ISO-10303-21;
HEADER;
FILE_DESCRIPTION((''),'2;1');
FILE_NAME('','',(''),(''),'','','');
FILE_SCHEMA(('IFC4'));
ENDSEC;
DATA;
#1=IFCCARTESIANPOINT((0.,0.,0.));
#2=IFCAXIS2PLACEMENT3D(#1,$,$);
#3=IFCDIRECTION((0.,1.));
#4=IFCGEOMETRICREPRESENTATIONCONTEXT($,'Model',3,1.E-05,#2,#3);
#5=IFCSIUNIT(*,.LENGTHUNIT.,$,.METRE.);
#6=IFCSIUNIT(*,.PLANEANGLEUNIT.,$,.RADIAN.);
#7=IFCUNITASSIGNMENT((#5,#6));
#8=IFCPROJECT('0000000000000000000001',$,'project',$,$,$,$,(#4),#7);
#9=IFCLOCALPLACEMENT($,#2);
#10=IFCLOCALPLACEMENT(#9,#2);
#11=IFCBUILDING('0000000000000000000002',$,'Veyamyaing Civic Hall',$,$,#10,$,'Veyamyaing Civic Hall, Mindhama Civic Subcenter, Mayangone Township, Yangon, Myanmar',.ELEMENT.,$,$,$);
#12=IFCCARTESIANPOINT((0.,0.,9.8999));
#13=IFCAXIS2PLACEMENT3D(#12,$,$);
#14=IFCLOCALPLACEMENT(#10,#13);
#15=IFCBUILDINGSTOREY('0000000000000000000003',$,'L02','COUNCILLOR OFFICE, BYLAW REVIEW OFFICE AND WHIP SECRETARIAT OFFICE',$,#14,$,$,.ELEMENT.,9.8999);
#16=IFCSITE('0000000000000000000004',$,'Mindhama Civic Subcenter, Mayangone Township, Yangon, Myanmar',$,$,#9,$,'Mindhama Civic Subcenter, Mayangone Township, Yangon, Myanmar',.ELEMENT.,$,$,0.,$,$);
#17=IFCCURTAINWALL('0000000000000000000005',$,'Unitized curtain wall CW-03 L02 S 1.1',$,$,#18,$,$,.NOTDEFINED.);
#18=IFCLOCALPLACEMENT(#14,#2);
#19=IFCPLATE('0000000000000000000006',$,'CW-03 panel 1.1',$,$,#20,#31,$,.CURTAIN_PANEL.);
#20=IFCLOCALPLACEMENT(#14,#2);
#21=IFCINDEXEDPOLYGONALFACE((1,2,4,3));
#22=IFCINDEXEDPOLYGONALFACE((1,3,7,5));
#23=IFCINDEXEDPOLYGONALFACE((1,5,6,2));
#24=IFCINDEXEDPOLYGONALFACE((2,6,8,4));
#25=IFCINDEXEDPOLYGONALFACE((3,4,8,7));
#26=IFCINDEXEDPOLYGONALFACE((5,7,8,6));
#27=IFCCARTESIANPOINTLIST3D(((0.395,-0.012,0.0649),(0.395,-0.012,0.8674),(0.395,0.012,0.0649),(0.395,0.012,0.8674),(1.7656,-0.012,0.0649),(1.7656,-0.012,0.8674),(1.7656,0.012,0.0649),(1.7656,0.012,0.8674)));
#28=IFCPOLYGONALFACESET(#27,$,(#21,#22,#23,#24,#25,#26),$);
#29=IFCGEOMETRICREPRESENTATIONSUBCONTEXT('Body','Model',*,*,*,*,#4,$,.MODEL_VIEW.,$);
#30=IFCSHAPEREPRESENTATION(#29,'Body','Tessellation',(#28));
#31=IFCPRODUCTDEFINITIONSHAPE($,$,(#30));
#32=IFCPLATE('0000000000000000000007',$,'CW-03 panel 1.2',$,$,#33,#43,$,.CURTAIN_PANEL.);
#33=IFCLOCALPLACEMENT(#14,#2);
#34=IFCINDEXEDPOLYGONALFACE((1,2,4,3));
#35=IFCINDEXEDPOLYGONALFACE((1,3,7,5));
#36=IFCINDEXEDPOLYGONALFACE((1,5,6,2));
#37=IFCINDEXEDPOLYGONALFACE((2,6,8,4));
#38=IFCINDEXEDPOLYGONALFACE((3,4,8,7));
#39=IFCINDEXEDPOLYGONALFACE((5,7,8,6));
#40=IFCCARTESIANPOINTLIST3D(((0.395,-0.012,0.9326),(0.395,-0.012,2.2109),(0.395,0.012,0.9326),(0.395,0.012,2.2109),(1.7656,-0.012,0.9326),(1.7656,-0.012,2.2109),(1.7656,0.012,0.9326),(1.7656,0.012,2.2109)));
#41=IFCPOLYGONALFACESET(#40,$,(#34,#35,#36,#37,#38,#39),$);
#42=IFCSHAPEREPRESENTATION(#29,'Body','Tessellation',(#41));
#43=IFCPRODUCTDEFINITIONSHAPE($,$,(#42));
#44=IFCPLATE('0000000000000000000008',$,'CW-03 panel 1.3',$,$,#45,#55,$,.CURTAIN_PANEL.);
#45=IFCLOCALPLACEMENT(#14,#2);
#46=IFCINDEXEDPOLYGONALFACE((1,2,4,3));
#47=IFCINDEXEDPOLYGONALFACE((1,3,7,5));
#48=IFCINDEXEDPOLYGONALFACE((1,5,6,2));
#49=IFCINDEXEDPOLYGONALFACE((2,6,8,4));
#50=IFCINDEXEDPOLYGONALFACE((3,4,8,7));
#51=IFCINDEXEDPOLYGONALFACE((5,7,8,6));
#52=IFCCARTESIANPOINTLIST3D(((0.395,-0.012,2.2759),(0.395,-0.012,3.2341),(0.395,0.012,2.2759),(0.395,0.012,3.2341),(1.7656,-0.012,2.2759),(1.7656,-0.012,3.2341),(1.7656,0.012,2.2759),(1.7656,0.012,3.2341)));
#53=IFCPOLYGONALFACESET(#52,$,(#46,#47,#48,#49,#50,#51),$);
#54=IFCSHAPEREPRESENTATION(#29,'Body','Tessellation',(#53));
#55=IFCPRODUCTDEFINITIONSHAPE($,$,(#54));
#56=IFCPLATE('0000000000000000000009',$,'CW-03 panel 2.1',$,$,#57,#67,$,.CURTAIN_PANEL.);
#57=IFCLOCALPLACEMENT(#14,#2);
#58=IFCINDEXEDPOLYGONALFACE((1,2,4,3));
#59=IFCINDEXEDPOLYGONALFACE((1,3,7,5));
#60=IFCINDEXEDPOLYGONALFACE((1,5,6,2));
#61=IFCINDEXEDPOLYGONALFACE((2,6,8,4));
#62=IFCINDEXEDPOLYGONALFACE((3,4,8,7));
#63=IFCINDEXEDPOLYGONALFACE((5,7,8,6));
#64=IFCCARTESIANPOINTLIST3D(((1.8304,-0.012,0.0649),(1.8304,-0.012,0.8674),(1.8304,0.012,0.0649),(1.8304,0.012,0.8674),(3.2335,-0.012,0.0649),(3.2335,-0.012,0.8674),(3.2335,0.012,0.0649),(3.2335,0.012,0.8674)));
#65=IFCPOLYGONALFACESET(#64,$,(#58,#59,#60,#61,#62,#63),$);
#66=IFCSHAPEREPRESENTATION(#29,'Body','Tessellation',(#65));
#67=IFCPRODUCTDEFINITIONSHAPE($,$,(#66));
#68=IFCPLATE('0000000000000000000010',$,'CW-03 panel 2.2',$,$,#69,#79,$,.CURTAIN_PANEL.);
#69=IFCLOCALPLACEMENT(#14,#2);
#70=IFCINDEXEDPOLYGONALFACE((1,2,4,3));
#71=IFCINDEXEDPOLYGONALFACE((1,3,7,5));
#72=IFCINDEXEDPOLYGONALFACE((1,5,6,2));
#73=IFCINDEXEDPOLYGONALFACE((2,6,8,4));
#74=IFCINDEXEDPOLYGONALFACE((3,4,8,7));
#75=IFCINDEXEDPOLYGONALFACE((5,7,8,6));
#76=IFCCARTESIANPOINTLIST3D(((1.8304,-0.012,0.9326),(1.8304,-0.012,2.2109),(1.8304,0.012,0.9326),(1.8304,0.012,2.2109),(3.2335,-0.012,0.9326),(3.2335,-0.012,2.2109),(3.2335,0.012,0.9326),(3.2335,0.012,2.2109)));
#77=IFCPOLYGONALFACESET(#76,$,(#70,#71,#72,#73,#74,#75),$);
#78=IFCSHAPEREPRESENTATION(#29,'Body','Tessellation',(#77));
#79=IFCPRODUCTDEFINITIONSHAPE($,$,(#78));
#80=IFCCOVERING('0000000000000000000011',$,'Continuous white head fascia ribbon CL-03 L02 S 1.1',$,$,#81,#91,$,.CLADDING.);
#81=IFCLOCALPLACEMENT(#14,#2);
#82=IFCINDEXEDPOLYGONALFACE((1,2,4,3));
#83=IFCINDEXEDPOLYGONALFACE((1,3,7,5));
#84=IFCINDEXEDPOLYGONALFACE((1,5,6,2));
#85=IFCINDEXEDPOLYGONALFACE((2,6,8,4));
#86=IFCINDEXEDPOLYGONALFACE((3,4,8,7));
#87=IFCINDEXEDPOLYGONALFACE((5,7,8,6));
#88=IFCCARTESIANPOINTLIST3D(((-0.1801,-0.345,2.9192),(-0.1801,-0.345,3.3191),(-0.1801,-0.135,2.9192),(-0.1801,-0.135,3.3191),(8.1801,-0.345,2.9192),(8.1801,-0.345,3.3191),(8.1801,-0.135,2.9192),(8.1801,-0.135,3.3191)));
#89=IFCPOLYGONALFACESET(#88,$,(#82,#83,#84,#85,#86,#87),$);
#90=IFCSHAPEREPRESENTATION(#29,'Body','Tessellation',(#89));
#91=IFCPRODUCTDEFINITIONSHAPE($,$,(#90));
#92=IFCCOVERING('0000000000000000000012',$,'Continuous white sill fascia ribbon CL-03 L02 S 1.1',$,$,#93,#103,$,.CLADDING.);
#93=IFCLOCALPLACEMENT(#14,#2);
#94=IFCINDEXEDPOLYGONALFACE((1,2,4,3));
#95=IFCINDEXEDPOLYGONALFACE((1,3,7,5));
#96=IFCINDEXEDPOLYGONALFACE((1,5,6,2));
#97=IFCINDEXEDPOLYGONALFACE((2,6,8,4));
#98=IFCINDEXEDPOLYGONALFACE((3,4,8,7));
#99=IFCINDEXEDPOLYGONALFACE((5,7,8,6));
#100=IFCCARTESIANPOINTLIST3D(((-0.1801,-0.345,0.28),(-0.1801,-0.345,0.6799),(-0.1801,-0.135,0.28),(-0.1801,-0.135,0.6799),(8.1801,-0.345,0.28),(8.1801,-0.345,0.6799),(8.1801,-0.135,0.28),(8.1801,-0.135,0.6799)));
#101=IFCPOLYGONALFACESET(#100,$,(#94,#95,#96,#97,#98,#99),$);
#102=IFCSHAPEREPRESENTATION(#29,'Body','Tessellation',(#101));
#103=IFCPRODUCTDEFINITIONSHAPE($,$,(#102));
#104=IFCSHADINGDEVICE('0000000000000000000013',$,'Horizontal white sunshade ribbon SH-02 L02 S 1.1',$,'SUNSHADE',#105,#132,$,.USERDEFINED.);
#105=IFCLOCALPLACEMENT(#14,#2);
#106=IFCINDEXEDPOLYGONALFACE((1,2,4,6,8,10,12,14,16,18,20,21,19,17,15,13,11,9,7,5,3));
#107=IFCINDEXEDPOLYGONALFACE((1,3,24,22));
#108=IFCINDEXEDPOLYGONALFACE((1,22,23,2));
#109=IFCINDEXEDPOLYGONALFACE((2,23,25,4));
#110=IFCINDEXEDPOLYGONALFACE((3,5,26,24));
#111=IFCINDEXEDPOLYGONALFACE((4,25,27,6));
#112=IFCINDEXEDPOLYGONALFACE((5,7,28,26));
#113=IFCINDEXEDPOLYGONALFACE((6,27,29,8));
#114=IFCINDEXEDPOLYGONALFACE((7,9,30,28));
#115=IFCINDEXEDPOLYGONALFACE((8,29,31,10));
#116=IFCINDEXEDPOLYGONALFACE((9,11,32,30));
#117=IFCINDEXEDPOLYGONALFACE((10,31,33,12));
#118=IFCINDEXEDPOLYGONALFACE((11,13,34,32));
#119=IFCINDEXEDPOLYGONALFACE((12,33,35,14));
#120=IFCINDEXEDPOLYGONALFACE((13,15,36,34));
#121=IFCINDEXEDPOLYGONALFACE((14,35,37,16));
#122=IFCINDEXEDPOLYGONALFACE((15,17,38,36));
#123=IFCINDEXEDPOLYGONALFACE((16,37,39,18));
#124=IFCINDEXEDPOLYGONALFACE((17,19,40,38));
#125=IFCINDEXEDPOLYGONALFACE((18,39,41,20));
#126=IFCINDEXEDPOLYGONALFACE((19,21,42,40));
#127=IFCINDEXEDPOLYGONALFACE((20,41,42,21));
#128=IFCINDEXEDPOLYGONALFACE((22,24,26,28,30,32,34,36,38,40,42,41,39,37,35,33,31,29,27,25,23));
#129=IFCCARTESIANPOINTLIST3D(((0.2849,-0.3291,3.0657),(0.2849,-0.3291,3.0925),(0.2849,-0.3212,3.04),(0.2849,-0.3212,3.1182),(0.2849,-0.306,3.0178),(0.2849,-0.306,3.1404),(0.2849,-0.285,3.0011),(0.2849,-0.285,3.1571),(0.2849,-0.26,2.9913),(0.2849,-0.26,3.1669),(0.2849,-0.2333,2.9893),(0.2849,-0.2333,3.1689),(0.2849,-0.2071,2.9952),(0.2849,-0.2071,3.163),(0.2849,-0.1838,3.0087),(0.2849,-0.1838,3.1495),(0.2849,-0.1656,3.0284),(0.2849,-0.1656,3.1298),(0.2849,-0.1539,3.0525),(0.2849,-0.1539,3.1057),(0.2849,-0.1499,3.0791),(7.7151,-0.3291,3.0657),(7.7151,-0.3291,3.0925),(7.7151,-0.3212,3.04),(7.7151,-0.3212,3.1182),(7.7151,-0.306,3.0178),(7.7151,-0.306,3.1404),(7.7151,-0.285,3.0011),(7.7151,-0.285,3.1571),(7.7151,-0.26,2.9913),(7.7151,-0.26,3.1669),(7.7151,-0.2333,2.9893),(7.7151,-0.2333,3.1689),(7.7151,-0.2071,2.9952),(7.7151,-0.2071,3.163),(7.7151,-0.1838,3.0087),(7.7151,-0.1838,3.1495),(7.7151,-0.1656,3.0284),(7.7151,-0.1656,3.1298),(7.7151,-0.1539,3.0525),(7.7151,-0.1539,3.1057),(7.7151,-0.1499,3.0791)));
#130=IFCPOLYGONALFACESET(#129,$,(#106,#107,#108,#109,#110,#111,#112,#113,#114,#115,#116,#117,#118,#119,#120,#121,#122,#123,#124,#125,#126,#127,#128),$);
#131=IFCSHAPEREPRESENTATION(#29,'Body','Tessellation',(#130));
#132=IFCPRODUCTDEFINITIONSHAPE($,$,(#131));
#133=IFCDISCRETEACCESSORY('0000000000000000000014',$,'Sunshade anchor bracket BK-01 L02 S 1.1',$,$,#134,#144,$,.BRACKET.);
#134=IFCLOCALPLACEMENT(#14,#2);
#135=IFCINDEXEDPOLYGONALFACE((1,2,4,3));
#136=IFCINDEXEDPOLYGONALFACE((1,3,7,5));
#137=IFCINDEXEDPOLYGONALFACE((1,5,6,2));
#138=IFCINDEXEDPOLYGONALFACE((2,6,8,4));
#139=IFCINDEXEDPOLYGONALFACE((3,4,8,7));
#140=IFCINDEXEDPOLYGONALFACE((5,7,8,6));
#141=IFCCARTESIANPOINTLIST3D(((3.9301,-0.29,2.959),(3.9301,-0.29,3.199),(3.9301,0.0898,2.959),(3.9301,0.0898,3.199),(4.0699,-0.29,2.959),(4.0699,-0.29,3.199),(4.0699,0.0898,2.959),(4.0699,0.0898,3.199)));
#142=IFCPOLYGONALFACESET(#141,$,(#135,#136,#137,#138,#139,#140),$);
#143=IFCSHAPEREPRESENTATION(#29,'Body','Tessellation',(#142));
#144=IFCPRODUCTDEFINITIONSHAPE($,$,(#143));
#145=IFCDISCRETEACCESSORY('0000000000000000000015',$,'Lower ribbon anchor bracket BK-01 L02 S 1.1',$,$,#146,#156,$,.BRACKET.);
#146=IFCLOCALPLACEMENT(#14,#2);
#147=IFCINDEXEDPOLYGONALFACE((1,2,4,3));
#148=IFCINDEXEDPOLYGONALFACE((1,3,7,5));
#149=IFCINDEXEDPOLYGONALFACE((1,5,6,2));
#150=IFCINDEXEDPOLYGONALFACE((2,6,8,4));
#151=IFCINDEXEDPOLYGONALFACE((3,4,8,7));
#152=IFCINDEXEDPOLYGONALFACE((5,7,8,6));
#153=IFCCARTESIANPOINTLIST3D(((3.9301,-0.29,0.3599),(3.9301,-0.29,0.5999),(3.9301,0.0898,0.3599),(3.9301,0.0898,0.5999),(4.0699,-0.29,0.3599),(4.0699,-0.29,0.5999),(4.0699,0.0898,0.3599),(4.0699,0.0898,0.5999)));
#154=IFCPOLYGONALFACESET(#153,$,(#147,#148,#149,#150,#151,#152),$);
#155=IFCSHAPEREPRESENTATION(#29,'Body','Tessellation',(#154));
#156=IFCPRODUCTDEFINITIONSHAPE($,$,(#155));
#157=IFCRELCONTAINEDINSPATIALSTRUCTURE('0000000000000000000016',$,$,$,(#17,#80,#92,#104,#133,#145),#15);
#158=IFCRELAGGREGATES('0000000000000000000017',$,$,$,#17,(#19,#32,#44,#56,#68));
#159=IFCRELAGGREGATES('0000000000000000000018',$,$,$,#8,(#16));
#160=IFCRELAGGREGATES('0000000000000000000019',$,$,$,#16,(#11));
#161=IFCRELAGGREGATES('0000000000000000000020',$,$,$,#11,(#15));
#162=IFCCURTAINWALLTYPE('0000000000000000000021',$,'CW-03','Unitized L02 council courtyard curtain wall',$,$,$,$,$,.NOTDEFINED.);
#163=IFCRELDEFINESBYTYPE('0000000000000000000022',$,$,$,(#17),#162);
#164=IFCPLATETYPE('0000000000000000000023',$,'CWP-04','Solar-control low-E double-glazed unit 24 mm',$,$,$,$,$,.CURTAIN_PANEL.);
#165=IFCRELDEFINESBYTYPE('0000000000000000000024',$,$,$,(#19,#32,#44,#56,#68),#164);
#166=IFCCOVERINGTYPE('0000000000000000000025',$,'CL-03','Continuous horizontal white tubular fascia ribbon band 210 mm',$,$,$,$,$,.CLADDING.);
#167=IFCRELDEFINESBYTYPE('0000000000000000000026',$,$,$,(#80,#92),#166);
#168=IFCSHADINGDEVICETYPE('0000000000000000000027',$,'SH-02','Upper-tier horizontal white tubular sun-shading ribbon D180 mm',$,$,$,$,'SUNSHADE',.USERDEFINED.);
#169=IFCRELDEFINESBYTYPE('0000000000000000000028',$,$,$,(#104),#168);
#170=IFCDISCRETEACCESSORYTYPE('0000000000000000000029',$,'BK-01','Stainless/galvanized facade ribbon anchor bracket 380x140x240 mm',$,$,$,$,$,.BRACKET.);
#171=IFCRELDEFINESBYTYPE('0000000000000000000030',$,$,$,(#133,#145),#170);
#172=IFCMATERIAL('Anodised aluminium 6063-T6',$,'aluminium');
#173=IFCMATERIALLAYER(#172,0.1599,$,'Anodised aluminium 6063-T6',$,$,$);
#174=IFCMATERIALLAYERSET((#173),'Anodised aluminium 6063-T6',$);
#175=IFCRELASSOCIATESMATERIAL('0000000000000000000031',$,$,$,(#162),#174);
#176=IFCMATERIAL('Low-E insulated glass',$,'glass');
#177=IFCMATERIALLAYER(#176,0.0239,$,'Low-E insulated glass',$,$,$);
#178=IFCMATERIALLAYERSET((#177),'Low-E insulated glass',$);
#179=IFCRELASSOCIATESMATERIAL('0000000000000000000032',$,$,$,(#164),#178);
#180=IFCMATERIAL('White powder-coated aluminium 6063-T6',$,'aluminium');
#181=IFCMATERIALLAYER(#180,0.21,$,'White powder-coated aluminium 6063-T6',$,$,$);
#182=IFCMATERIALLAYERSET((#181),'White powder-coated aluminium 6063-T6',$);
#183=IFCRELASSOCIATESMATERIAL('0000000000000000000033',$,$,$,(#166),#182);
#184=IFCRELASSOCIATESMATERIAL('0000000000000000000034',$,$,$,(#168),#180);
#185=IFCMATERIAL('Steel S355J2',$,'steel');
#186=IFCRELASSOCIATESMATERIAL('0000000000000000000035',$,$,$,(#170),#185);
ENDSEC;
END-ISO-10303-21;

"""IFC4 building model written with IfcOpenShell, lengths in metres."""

from ifc_helpers import new_model, si_unit, direction, frame, origin, origin_2d, place, context, subcontext, project, spatial, rectangle, circle, extrude, material, layer, layer_set, material_profile, profile_set, type_object, element, aggregate, save


model = new_model("IFC4")

# Units and contexts
model_context = context("Model", 3, precision=1e-05, world=origin(), true_north=direction((0.0, 1.0)))
body_context = subcontext(model_context, "Body", "Model", "MODEL_VIEW")
ifc_project = project(units=[si_unit("LENGTHUNIT", "METRE"), si_unit("PLANEANGLEUNIT", "RADIAN")], contexts=[model_context])

# Site, building, storey
site_placement = place(None, origin())
site = spatial("IfcSite", under=ifc_project, at=site_placement, Name="Mindhama Civic Subcenter, Mayangone Township, Yangon, Myanmar", LongName="Mindhama Civic Subcenter, Mayangone Township, Yangon, Myanmar", CompositionType="ELEMENT", RefElevation=0.0)
building_placement = place(site_placement, origin())
building = spatial("IfcBuilding", under=site, at=building_placement, Name="Veyamyaing Civic Hall", LongName="Veyamyaing Civic Hall, Mindhama Civic Subcenter, Mayangone Township, Yangon, Myanmar", CompositionType="ELEMENT")
storey_placement = place(building_placement, frame((0.0, 0.0, 9.8999)))
storey = spatial("IfcBuildingStorey", under=building, at=storey_placement, Name="L02", Description="COUNCILLOR OFFICE, BYLAW REVIEW OFFICE AND WHIP SECRETARIAT OFFICE", CompositionType="ELEMENT", Elevation=9.8999)

# Curtain wall, plates
ifc_material_1 = material(Name="Anodised aluminium 6063-T6", Category="aluminium")
ifc_layer_1 = layer(ifc_material_1, 0.1599, Name="Anodised aluminium 6063-T6")
ifc_layer_set_1 = layer_set([ifc_layer_1], Name="Anodised aluminium 6063-T6")
curtain_wall_type = type_object("IfcCurtainWallType", Name="CW-03", Description="Unitized L02 council courtyard curtain wall", PredefinedType="NOTDEFINED", material=ifc_layer_set_1)
curtain_wall_placement = place(storey_placement, origin())
curtain_wall = element("IfcCurtainWall", 1, at=curtain_wall_placement, inside=storey, type_object=curtain_wall_type, Name="Unitized curtain wall CW-03 L02 S 1.1", PredefinedType="NOTDEFINED")
ifc_material_2 = material(Name="Low-E insulated glass", Category="glass")
ifc_layer_2 = layer(ifc_material_2, 0.0239, Name="Low-E insulated glass")
ifc_layer_set_2 = layer_set([ifc_layer_2], Name="Low-E insulated glass")
plate_type = type_object("IfcPlateType", Name="CWP-04", Description="Solar-control low-E double-glazed unit 24 mm", PredefinedType="CURTAIN_PANEL", material=ifc_layer_set_2)
plate_1_placement = place(storey_placement, frame((1.0803, 0.0, 0.0649), z_axis=(0.0, 0.0, 1.0), x_axis=(1.0, 0.0, 0.0)))
plate_1 = element("IfcPlate", 2, at=plate_1_placement, type_object=plate_type, Name="CW-03 panel 1.1", PredefinedType="CURTAIN_PANEL", context=body_context, shape_type="SweptSolid", body=[
    extrude(rectangle(XDim=1.3706, YDim=0.0239, at=origin_2d()), origin(), (0.0, 0.0, 1.0), 0.8025),
])
plate_2_placement = place(storey_placement, frame((1.0803, 0.0, 0.9326), z_axis=(0.0, 0.0, 1.0), x_axis=(1.0, 0.0, 0.0)))
plate_2 = element("IfcPlate", 3, at=plate_2_placement, type_object=plate_type, Name="CW-03 panel 1.2", PredefinedType="CURTAIN_PANEL", context=body_context, shape_type="SweptSolid", body=[
    extrude(rectangle(XDim=1.3706, YDim=0.0239, at=origin_2d()), origin(), (0.0, 0.0, 1.0), 1.2783),
])
plate_3_placement = place(storey_placement, frame((1.0803, 0.0, 2.2759), z_axis=(0.0, 0.0, 1.0), x_axis=(1.0, 0.0, 0.0)))
plate_3 = element("IfcPlate", 4, at=plate_3_placement, type_object=plate_type, Name="CW-03 panel 1.3", PredefinedType="CURTAIN_PANEL", context=body_context, shape_type="SweptSolid", body=[
    extrude(rectangle(XDim=1.3706, YDim=0.0239, at=origin_2d()), origin(), (0.0, 0.0, 1.0), 0.9583),
])
plate_4_placement = place(storey_placement, frame((2.532, 0.0, 0.0649), z_axis=(0.0, 0.0, 1.0), x_axis=(1.0, 0.0, 0.0)))
plate_4 = element("IfcPlate", 5, at=plate_4_placement, type_object=plate_type, Name="CW-03 panel 2.1", PredefinedType="CURTAIN_PANEL", context=body_context, shape_type="SweptSolid", body=[
    extrude(rectangle(XDim=1.4031, YDim=0.0239, at=origin_2d()), origin(), (0.0, 0.0, 1.0), 0.8025),
])
plate_5_placement = place(storey_placement, frame((2.532, 0.0, 0.9326), z_axis=(0.0, 0.0, 1.0), x_axis=(1.0, 0.0, 0.0)))
plate_5 = element("IfcPlate", 6, at=plate_5_placement, type_object=plate_type, Name="CW-03 panel 2.2", PredefinedType="CURTAIN_PANEL", context=body_context, shape_type="SweptSolid", body=[
    extrude(rectangle(XDim=1.4031, YDim=0.0239, at=origin_2d()), origin(), (0.0, 0.0, 1.0), 1.2783),
])
aggregate(curtain_wall, [plate_1, plate_2, plate_3, plate_4, plate_5])

# Coverings
ifc_material_3 = material(Name="White powder-coated aluminium 6063-T6", Category="aluminium")
ifc_layer_3 = layer(ifc_material_3, 0.21, Name="White powder-coated aluminium 6063-T6")
ifc_layer_set_3 = layer_set([ifc_layer_3], Name="White powder-coated aluminium 6063-T6")
covering_type = type_object("IfcCoveringType", Name="CL-03", Description="Continuous horizontal white tubular fascia ribbon band 210 mm", PredefinedType="CLADDING", material=ifc_layer_set_3)
for number, where, z_axis, x_axis, name in (
    (7, (4.0, -0.24, 2.9192), (0.0, 0.0, 1.0), (1.0, 0.0, 0.0), "Continuous white head fascia ribbon CL-03 L02 S 1.1"),
    (8, (4.0, -0.24, 0.28), (0.0, 0.0, 1.0), (1.0, 0.0, 0.0), "Continuous white sill fascia ribbon CL-03 L02 S 1.1"),
):
    element("IfcCovering", number, at=place(storey_placement, frame(where, z_axis=z_axis, x_axis=x_axis)), inside=storey, type_object=covering_type, Name=name, PredefinedType="CLADDING", context=body_context, shape_type="SweptSolid", body=[
        extrude(rectangle(XDim=8.3601, YDim=0.21, at=origin_2d()), origin(), (0.0, 0.0, 1.0), 0.3999),
    ])

# Shading device
ifc_material_profile_1 = material_profile(ifc_material_3, circle(Radius=0.0901, at=origin_2d()), Name="SHADE-TUBE-180")
ifc_profile_set_1 = profile_set([ifc_material_profile_1], Name="White powder-coated aluminium 6063-T6")
shading_device_type = type_object("IfcShadingDeviceType", Name="SH-02", Description="Upper-tier horizontal white tubular sun-shading ribbon D180 mm", ElementType="SUNSHADE", PredefinedType="USERDEFINED", material=ifc_profile_set_1)
shading_device_placement = place(storey_placement, frame((0.2849, -0.24, 3.0791), z_axis=(1.0, 0.0, 0.0), x_axis=(0.0, 1.0, 0.0)))
element("IfcShadingDevice", 9, at=shading_device_placement, inside=storey, type_object=shading_device_type, Name="Horizontal white sunshade ribbon SH-02 L02 S 1.1", ObjectType="SUNSHADE", PredefinedType="USERDEFINED", context=body_context, shape_type="SweptSolid", body=[
    extrude(circle(Radius=0.0901, at=origin_2d()), origin(), (0.0, 0.0, 1.0), 7.4302),
])

# Discrete accessories
ifc_material_4 = material(Name="Steel S355J2", Category="steel")
discrete_accessory_type = type_object("IfcDiscreteAccessoryType", Name="BK-01", Description="Stainless/galvanized facade ribbon anchor bracket 380x140x240 mm", PredefinedType="BRACKET", material=ifc_material_4)
for number, where, z_axis, x_axis, name in (
    (10, (4.0, -0.1001, 2.959), (0.0, 0.0, 1.0), (0.0, -1.0, 0.0), "Sunshade anchor bracket BK-01 L02 S 1.1"),
    (11, (4.0, -0.1001, 0.3599), (0.0, 0.0, 1.0), (0.0, -1.0, 0.0), "Lower ribbon anchor bracket BK-01 L02 S 1.1"),
):
    element("IfcDiscreteAccessory", number, at=place(storey_placement, frame(where, z_axis=z_axis, x_axis=x_axis)), inside=storey, type_object=discrete_accessory_type, Name=name, PredefinedType="BRACKET", context=body_context, shape_type="SweptSolid", body=[
        extrude(rectangle(XDim=0.3799, YDim=0.1399, at=origin_2d()), origin(), (0.0, 0.0, 1.0), 0.24),
    ])

save(model, "model.ifc")
